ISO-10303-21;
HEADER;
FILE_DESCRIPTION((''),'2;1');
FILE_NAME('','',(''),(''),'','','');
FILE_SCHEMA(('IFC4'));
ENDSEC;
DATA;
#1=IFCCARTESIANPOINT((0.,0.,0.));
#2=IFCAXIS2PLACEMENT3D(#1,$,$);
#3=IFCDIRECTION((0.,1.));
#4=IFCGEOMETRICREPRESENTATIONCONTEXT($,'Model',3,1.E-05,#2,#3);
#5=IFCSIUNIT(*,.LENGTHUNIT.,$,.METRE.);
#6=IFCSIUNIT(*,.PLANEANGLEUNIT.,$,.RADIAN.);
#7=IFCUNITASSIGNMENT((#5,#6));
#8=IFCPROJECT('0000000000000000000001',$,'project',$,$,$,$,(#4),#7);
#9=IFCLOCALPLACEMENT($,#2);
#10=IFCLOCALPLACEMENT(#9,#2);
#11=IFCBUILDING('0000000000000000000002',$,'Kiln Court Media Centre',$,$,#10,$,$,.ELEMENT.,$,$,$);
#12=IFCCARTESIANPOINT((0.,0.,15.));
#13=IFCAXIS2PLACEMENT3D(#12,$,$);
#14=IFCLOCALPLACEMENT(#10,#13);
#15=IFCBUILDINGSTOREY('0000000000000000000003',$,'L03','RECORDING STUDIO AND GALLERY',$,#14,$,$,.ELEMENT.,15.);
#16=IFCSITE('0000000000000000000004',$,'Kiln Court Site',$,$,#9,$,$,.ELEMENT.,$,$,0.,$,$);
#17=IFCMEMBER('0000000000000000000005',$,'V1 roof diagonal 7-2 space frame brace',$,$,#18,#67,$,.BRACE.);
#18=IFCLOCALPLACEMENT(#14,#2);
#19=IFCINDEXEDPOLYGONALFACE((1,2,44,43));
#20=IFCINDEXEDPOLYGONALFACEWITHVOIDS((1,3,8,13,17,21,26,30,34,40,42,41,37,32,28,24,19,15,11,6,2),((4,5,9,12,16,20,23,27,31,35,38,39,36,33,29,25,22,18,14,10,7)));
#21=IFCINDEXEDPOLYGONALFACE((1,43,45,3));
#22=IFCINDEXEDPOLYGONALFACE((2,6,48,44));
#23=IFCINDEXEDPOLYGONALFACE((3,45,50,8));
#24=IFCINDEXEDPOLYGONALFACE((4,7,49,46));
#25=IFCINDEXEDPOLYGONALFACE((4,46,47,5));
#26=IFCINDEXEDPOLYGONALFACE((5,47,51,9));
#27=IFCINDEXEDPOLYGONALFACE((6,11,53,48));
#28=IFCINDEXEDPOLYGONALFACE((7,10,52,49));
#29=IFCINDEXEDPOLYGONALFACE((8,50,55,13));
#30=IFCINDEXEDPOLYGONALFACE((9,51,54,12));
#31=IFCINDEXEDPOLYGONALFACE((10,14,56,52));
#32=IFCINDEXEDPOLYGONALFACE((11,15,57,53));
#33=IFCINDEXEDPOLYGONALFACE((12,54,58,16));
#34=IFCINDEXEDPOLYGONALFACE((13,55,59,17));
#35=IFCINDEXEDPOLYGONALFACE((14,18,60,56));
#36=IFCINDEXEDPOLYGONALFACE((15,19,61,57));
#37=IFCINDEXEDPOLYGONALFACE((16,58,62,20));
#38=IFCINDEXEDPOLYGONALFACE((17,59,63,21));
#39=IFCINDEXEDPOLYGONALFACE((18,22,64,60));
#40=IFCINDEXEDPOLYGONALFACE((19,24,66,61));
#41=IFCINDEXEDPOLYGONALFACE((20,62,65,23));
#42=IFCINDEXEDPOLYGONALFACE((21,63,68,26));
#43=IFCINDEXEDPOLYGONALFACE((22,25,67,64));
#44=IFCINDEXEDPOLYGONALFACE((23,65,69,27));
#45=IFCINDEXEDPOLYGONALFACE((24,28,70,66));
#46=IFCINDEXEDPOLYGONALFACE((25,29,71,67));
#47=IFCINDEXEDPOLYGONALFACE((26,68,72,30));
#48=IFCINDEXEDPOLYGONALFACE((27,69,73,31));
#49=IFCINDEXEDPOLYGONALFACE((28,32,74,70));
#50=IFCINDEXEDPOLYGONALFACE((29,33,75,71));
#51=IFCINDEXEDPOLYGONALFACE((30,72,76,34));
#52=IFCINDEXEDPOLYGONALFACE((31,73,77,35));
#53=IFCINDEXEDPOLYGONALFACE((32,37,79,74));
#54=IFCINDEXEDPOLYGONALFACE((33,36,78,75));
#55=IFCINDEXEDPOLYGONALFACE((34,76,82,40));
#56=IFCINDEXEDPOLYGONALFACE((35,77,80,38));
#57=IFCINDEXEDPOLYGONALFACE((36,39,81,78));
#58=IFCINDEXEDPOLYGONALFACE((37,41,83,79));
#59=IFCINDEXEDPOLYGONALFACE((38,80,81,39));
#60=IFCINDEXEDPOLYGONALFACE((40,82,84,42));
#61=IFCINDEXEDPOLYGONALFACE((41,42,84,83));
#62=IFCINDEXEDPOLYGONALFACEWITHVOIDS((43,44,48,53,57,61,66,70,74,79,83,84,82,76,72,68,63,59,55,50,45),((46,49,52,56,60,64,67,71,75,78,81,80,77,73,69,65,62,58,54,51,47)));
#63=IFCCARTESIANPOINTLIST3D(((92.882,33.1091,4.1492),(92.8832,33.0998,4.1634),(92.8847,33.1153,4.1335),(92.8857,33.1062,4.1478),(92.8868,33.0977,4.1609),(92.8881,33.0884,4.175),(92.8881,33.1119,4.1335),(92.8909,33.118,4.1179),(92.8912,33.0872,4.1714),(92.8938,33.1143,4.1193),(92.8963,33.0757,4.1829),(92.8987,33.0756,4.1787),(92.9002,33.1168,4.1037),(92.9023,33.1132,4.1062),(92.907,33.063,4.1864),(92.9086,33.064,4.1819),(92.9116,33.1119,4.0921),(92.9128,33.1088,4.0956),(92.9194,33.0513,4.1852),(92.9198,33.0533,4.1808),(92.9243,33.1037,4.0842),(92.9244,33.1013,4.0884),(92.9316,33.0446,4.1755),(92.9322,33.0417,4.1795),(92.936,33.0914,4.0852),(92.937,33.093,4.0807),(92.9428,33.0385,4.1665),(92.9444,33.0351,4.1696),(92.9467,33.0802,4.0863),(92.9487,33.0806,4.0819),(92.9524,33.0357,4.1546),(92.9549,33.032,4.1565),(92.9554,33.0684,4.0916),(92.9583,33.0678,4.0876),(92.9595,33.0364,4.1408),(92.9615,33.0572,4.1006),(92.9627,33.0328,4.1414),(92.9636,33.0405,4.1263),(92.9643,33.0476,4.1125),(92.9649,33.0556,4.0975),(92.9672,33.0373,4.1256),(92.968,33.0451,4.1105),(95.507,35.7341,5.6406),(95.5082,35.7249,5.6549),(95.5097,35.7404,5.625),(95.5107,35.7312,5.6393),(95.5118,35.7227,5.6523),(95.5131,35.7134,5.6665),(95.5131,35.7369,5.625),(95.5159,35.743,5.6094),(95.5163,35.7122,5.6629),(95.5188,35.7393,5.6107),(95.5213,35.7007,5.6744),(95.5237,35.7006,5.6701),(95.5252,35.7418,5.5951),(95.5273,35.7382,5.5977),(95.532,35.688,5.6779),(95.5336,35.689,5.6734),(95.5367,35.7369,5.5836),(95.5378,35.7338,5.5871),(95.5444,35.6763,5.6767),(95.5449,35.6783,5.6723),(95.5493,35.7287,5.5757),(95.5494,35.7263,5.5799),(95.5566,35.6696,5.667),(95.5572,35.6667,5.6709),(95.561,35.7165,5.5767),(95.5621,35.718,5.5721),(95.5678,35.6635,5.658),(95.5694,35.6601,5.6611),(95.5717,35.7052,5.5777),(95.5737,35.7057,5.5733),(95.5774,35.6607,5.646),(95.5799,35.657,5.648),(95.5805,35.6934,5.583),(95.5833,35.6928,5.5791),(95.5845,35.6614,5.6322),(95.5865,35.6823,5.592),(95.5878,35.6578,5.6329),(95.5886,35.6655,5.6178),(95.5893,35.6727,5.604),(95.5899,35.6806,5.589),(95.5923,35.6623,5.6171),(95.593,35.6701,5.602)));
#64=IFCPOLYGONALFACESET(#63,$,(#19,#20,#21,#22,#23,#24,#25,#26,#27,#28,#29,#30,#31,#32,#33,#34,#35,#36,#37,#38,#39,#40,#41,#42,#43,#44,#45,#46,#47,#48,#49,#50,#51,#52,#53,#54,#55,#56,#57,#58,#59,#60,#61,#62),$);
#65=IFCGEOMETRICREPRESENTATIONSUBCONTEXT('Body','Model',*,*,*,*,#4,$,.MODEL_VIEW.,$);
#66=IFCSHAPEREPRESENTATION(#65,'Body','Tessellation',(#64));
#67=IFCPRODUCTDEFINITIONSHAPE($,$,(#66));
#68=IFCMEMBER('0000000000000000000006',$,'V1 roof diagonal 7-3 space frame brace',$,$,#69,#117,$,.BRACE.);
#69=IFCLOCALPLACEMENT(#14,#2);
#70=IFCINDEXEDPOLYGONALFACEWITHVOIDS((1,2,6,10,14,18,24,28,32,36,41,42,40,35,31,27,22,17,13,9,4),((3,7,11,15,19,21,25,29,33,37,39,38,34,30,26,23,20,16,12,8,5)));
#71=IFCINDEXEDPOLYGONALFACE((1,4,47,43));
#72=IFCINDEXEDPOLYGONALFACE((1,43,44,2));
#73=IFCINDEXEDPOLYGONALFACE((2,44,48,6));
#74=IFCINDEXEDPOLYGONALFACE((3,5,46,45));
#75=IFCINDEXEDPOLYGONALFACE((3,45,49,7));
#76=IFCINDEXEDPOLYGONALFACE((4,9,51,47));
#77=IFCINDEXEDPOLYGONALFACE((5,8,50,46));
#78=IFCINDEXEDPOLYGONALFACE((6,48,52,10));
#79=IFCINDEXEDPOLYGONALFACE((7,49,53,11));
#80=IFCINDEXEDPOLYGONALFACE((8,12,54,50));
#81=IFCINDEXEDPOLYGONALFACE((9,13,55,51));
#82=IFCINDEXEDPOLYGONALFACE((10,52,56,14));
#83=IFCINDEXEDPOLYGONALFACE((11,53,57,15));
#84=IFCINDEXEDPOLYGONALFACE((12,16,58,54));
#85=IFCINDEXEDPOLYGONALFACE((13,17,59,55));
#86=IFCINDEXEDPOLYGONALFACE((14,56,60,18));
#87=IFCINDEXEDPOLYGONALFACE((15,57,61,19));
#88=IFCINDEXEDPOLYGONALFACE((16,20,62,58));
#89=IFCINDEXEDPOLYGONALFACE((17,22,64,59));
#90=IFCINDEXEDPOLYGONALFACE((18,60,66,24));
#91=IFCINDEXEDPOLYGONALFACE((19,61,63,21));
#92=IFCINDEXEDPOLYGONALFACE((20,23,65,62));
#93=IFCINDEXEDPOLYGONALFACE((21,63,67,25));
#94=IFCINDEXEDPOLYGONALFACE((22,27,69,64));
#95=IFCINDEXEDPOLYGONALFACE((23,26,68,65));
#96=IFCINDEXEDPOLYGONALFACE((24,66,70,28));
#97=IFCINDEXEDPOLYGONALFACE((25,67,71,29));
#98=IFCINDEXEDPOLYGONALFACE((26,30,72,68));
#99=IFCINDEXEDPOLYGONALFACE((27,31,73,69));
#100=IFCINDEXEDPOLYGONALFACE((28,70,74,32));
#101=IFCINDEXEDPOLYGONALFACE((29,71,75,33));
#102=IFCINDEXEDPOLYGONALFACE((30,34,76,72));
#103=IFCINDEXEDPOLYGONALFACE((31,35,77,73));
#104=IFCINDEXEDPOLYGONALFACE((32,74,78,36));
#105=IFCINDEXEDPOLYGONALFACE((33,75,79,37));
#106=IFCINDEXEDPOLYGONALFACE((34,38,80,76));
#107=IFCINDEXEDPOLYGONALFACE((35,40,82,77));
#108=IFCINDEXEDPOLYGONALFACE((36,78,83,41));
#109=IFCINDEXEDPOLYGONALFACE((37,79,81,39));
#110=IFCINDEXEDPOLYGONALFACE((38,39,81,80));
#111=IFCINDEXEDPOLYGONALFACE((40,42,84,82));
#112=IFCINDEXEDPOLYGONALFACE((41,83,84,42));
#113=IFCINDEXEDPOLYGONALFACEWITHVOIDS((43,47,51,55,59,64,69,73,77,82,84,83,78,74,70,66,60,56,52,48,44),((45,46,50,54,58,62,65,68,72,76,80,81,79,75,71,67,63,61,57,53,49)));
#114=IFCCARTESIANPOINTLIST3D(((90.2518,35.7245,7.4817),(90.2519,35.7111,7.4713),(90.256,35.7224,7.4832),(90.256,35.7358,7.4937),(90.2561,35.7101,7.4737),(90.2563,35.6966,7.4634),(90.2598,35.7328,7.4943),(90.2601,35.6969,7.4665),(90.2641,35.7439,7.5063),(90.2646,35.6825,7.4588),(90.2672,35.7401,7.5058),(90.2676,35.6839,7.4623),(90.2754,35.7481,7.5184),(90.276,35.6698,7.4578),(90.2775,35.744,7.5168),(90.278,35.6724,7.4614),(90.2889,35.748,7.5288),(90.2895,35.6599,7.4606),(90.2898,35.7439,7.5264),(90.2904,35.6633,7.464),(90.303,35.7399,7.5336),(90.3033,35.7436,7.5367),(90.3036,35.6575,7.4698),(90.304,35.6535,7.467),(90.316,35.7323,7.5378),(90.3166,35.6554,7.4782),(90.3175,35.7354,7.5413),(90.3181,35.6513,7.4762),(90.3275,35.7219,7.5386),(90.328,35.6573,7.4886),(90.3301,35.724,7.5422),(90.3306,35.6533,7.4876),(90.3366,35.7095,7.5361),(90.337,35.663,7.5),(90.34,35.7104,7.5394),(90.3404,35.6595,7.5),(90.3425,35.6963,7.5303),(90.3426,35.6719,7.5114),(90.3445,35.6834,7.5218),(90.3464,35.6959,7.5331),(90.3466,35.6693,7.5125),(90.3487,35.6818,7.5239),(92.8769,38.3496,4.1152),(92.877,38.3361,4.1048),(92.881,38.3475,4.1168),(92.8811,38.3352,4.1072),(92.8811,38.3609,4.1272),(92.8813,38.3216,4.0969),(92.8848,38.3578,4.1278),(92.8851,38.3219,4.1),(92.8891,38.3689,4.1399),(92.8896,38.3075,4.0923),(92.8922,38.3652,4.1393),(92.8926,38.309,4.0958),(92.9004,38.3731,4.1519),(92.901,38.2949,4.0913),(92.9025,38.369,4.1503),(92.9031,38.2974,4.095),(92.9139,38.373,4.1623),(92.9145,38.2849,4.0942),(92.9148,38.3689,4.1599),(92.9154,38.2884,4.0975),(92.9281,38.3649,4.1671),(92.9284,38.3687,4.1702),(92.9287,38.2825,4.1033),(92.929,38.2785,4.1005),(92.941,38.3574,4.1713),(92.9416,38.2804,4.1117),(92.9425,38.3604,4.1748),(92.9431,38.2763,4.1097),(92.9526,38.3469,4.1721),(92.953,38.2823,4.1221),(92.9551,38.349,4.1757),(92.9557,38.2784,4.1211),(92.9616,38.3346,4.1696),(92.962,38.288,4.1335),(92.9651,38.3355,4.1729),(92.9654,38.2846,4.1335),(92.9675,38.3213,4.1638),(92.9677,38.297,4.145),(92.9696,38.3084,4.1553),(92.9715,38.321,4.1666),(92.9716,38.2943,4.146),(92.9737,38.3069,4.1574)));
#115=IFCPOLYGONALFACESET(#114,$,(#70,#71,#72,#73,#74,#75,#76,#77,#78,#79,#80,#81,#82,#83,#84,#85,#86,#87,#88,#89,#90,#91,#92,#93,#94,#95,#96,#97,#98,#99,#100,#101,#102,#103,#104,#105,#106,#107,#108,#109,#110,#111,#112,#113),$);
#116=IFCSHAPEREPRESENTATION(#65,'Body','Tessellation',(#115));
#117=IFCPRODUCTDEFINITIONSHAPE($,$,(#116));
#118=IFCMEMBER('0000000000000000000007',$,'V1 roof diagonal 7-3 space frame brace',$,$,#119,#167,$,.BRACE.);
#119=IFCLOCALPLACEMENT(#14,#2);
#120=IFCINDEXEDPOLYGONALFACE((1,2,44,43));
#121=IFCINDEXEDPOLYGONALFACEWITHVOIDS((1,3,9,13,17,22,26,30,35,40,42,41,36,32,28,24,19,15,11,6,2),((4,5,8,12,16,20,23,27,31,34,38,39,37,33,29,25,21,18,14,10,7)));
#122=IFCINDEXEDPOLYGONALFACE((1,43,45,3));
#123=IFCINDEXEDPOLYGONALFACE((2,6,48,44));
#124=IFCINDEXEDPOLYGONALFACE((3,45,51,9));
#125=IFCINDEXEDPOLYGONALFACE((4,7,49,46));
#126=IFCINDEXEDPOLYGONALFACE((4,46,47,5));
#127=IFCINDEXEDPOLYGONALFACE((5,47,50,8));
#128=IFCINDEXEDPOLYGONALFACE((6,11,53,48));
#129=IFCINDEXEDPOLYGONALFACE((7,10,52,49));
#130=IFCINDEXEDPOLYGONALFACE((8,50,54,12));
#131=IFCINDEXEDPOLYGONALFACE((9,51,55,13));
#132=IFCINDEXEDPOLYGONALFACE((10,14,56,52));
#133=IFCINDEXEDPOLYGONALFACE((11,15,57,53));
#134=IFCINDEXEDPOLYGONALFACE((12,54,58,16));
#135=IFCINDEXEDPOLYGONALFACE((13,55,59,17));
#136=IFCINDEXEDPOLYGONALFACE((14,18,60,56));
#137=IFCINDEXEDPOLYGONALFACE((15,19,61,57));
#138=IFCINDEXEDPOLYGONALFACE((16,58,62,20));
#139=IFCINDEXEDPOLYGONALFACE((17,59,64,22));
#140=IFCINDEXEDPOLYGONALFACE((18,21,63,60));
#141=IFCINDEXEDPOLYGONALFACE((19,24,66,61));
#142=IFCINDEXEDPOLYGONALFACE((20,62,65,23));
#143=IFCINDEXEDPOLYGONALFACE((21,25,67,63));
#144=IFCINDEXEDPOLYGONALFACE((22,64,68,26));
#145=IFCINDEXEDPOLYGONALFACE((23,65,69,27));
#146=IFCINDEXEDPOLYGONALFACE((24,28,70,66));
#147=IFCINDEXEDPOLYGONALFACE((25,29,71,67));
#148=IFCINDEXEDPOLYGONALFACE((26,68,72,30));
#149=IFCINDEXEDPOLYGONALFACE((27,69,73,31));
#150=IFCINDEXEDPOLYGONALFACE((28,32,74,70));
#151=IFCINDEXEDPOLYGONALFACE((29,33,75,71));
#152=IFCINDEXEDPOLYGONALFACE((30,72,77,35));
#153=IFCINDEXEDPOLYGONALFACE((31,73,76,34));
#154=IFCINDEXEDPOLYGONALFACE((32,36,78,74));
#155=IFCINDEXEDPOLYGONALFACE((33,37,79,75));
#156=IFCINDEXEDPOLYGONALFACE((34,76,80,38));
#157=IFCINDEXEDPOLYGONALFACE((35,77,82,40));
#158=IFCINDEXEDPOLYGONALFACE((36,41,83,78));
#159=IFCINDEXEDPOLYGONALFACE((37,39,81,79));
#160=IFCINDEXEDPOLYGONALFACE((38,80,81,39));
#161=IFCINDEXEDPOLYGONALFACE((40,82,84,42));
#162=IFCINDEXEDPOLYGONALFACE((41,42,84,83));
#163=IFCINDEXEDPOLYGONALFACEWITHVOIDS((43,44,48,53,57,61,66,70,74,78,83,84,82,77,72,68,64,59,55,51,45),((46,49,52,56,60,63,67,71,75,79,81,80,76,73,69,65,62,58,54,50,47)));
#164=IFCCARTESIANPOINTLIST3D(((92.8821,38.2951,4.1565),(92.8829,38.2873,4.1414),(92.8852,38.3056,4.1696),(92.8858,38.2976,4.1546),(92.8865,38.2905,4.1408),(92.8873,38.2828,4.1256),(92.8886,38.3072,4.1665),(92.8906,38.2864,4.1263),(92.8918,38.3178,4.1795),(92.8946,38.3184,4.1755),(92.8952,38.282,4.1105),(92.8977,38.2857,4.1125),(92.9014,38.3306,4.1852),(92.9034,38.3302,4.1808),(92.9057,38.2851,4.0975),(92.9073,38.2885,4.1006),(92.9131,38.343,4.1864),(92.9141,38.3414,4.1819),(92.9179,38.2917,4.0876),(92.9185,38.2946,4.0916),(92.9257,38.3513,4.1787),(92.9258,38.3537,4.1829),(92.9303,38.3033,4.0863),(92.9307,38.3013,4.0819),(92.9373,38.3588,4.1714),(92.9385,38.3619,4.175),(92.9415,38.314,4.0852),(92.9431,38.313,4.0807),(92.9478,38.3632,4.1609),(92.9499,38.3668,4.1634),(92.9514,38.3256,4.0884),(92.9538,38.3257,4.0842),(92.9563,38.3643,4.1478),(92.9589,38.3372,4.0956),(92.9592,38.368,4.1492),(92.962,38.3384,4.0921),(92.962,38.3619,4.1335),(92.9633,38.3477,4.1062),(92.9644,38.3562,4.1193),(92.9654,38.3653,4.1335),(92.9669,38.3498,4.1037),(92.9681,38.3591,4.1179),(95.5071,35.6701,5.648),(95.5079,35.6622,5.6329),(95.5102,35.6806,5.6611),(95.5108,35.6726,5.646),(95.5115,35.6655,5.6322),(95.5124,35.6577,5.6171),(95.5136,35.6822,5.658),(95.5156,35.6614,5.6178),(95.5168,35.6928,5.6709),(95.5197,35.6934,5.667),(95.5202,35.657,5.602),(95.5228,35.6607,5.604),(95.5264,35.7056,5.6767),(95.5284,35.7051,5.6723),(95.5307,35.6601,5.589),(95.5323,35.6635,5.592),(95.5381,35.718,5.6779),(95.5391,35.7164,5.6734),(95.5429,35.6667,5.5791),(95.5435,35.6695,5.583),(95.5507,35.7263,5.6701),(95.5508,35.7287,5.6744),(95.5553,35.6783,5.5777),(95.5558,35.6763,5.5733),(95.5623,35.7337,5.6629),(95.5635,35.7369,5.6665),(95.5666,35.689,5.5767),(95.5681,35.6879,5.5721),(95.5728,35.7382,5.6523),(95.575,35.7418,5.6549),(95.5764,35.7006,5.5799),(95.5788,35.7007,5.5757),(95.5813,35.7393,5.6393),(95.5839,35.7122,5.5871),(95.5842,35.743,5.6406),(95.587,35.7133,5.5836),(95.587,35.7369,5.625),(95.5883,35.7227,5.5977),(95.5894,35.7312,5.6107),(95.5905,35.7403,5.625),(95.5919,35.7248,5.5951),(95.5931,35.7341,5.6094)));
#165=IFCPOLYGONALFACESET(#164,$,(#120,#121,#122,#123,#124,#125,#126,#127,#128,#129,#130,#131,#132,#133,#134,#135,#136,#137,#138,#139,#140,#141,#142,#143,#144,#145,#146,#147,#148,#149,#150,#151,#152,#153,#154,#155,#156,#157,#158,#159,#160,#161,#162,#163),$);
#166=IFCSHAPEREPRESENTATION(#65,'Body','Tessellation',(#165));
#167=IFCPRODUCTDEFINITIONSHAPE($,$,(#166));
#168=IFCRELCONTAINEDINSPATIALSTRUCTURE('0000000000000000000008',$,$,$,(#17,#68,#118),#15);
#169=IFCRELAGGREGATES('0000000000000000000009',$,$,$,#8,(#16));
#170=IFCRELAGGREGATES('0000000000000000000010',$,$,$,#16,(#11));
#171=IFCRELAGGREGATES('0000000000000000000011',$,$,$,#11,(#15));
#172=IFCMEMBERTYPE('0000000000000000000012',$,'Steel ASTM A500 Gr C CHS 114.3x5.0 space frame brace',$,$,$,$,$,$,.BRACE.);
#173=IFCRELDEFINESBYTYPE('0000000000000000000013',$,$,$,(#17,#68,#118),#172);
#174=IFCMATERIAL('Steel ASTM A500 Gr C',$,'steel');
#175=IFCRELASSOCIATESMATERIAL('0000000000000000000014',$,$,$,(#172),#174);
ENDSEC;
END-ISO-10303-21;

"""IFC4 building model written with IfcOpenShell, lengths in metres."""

from ifc_helpers import new_model, si_unit, direction, frame, origin, origin_2d, place, context, subcontext, project, spatial, hollow_circle, extrude, material, material_profile, profile_set, type_object, element, save


model = new_model("IFC4")

# Units and contexts
model_context = context("Model", 3, precision=1e-05, world=origin(), true_north=direction((0.0, 1.0)))
body_context = subcontext(model_context, "Body", "Model", "MODEL_VIEW")
ifc_project = project(units=[si_unit("LENGTHUNIT", "METRE"), si_unit("PLANEANGLEUNIT", "RADIAN")], contexts=[model_context])

# Site, building, storey
site_placement = place(None, origin())
site = spatial("IfcSite", under=ifc_project, at=site_placement, Name="Kiln Court Site", CompositionType="ELEMENT", RefElevation=0.0)
building_placement = place(site_placement, origin())
building = spatial("IfcBuilding", under=site, at=building_placement, Name="Kiln Court Media Centre", CompositionType="ELEMENT")
storey_placement = place(building_placement, frame((0.0, 0.0, 15.0)))
storey = spatial("IfcBuildingStorey", under=building, at=storey_placement, Name="L03", Description="RECORDING STUDIO AND GALLERY", CompositionType="ELEMENT", Elevation=15.0)

# Members
ifc_material_1 = material(Name="Steel ASTM A500 Gr C", Category="steel")
ifc_material_profile_1 = material_profile(ifc_material_1, hollow_circle(Radius=0.0571, WallThickness=0.0049, at=origin_2d()), Name="CHS 114.3x5.0")
ifc_profile_set_1 = profile_set([ifc_material_profile_1], Name="Steel ASTM A500 Gr C")
member_type_1 = type_object("IfcMemberType", Name="Steel ASTM A500 Gr C CHS 114.3x5.0 space frame brace", PredefinedType="BRACE", material=ifc_profile_set_1)
member_1_placement = place(storey_placement, frame((92.925, 33.075, 4.1335), z_axis=(0.656133, 0.656133, 0.372798), x_axis=(-0.707107, 0.707107, 0.0)))
element("IfcMember", 1, at=member_1_placement, inside=storey, type_object=member_type_1, Name="V1 roof diagonal 7-2 space frame brace", PredefinedType="BRACE", context=body_context, shape_type="SweptSolid", body=[
    extrude(hollow_circle(Radius=0.0571, WallThickness=0.0049, at=origin_2d()), origin(), (0.0, 0.0, 1.0), 4.0007),
])
member_2_placement = place(storey_placement, frame((92.925, 38.325, 4.1335), z_axis=(-0.523804, -0.523804, 0.671758), x_axis=(0.707107, -0.707107, 0.0)))
element("IfcMember", 2, at=member_2_placement, inside=storey, type_object=member_type_1, Name="V1 roof diagonal 7-3 space frame brace", PredefinedType="BRACE", context=body_context, shape_type="SweptSolid", body=[
    extrude(hollow_circle(Radius=0.0571, WallThickness=0.0049, at=origin_2d()), origin(), (0.0, 0.0, 1.0), 5.0115),
])
member_3_placement = place(storey_placement, frame((92.925, 38.325, 4.1335), z_axis=(0.656133, -0.656133, 0.372798), x_axis=(0.707107, 0.707107, 0.0)))
element("IfcMember", 3, at=member_3_placement, inside=storey, type_object=member_type_1, Name="V1 roof diagonal 7-3 space frame brace", PredefinedType="BRACE", context=body_context, shape_type="SweptSolid", body=[
    extrude(hollow_circle(Radius=0.0571, WallThickness=0.0049, at=origin_2d()), origin(), (0.0, 0.0, 1.0), 4.0007),
])

save(model, "model.ifc")
